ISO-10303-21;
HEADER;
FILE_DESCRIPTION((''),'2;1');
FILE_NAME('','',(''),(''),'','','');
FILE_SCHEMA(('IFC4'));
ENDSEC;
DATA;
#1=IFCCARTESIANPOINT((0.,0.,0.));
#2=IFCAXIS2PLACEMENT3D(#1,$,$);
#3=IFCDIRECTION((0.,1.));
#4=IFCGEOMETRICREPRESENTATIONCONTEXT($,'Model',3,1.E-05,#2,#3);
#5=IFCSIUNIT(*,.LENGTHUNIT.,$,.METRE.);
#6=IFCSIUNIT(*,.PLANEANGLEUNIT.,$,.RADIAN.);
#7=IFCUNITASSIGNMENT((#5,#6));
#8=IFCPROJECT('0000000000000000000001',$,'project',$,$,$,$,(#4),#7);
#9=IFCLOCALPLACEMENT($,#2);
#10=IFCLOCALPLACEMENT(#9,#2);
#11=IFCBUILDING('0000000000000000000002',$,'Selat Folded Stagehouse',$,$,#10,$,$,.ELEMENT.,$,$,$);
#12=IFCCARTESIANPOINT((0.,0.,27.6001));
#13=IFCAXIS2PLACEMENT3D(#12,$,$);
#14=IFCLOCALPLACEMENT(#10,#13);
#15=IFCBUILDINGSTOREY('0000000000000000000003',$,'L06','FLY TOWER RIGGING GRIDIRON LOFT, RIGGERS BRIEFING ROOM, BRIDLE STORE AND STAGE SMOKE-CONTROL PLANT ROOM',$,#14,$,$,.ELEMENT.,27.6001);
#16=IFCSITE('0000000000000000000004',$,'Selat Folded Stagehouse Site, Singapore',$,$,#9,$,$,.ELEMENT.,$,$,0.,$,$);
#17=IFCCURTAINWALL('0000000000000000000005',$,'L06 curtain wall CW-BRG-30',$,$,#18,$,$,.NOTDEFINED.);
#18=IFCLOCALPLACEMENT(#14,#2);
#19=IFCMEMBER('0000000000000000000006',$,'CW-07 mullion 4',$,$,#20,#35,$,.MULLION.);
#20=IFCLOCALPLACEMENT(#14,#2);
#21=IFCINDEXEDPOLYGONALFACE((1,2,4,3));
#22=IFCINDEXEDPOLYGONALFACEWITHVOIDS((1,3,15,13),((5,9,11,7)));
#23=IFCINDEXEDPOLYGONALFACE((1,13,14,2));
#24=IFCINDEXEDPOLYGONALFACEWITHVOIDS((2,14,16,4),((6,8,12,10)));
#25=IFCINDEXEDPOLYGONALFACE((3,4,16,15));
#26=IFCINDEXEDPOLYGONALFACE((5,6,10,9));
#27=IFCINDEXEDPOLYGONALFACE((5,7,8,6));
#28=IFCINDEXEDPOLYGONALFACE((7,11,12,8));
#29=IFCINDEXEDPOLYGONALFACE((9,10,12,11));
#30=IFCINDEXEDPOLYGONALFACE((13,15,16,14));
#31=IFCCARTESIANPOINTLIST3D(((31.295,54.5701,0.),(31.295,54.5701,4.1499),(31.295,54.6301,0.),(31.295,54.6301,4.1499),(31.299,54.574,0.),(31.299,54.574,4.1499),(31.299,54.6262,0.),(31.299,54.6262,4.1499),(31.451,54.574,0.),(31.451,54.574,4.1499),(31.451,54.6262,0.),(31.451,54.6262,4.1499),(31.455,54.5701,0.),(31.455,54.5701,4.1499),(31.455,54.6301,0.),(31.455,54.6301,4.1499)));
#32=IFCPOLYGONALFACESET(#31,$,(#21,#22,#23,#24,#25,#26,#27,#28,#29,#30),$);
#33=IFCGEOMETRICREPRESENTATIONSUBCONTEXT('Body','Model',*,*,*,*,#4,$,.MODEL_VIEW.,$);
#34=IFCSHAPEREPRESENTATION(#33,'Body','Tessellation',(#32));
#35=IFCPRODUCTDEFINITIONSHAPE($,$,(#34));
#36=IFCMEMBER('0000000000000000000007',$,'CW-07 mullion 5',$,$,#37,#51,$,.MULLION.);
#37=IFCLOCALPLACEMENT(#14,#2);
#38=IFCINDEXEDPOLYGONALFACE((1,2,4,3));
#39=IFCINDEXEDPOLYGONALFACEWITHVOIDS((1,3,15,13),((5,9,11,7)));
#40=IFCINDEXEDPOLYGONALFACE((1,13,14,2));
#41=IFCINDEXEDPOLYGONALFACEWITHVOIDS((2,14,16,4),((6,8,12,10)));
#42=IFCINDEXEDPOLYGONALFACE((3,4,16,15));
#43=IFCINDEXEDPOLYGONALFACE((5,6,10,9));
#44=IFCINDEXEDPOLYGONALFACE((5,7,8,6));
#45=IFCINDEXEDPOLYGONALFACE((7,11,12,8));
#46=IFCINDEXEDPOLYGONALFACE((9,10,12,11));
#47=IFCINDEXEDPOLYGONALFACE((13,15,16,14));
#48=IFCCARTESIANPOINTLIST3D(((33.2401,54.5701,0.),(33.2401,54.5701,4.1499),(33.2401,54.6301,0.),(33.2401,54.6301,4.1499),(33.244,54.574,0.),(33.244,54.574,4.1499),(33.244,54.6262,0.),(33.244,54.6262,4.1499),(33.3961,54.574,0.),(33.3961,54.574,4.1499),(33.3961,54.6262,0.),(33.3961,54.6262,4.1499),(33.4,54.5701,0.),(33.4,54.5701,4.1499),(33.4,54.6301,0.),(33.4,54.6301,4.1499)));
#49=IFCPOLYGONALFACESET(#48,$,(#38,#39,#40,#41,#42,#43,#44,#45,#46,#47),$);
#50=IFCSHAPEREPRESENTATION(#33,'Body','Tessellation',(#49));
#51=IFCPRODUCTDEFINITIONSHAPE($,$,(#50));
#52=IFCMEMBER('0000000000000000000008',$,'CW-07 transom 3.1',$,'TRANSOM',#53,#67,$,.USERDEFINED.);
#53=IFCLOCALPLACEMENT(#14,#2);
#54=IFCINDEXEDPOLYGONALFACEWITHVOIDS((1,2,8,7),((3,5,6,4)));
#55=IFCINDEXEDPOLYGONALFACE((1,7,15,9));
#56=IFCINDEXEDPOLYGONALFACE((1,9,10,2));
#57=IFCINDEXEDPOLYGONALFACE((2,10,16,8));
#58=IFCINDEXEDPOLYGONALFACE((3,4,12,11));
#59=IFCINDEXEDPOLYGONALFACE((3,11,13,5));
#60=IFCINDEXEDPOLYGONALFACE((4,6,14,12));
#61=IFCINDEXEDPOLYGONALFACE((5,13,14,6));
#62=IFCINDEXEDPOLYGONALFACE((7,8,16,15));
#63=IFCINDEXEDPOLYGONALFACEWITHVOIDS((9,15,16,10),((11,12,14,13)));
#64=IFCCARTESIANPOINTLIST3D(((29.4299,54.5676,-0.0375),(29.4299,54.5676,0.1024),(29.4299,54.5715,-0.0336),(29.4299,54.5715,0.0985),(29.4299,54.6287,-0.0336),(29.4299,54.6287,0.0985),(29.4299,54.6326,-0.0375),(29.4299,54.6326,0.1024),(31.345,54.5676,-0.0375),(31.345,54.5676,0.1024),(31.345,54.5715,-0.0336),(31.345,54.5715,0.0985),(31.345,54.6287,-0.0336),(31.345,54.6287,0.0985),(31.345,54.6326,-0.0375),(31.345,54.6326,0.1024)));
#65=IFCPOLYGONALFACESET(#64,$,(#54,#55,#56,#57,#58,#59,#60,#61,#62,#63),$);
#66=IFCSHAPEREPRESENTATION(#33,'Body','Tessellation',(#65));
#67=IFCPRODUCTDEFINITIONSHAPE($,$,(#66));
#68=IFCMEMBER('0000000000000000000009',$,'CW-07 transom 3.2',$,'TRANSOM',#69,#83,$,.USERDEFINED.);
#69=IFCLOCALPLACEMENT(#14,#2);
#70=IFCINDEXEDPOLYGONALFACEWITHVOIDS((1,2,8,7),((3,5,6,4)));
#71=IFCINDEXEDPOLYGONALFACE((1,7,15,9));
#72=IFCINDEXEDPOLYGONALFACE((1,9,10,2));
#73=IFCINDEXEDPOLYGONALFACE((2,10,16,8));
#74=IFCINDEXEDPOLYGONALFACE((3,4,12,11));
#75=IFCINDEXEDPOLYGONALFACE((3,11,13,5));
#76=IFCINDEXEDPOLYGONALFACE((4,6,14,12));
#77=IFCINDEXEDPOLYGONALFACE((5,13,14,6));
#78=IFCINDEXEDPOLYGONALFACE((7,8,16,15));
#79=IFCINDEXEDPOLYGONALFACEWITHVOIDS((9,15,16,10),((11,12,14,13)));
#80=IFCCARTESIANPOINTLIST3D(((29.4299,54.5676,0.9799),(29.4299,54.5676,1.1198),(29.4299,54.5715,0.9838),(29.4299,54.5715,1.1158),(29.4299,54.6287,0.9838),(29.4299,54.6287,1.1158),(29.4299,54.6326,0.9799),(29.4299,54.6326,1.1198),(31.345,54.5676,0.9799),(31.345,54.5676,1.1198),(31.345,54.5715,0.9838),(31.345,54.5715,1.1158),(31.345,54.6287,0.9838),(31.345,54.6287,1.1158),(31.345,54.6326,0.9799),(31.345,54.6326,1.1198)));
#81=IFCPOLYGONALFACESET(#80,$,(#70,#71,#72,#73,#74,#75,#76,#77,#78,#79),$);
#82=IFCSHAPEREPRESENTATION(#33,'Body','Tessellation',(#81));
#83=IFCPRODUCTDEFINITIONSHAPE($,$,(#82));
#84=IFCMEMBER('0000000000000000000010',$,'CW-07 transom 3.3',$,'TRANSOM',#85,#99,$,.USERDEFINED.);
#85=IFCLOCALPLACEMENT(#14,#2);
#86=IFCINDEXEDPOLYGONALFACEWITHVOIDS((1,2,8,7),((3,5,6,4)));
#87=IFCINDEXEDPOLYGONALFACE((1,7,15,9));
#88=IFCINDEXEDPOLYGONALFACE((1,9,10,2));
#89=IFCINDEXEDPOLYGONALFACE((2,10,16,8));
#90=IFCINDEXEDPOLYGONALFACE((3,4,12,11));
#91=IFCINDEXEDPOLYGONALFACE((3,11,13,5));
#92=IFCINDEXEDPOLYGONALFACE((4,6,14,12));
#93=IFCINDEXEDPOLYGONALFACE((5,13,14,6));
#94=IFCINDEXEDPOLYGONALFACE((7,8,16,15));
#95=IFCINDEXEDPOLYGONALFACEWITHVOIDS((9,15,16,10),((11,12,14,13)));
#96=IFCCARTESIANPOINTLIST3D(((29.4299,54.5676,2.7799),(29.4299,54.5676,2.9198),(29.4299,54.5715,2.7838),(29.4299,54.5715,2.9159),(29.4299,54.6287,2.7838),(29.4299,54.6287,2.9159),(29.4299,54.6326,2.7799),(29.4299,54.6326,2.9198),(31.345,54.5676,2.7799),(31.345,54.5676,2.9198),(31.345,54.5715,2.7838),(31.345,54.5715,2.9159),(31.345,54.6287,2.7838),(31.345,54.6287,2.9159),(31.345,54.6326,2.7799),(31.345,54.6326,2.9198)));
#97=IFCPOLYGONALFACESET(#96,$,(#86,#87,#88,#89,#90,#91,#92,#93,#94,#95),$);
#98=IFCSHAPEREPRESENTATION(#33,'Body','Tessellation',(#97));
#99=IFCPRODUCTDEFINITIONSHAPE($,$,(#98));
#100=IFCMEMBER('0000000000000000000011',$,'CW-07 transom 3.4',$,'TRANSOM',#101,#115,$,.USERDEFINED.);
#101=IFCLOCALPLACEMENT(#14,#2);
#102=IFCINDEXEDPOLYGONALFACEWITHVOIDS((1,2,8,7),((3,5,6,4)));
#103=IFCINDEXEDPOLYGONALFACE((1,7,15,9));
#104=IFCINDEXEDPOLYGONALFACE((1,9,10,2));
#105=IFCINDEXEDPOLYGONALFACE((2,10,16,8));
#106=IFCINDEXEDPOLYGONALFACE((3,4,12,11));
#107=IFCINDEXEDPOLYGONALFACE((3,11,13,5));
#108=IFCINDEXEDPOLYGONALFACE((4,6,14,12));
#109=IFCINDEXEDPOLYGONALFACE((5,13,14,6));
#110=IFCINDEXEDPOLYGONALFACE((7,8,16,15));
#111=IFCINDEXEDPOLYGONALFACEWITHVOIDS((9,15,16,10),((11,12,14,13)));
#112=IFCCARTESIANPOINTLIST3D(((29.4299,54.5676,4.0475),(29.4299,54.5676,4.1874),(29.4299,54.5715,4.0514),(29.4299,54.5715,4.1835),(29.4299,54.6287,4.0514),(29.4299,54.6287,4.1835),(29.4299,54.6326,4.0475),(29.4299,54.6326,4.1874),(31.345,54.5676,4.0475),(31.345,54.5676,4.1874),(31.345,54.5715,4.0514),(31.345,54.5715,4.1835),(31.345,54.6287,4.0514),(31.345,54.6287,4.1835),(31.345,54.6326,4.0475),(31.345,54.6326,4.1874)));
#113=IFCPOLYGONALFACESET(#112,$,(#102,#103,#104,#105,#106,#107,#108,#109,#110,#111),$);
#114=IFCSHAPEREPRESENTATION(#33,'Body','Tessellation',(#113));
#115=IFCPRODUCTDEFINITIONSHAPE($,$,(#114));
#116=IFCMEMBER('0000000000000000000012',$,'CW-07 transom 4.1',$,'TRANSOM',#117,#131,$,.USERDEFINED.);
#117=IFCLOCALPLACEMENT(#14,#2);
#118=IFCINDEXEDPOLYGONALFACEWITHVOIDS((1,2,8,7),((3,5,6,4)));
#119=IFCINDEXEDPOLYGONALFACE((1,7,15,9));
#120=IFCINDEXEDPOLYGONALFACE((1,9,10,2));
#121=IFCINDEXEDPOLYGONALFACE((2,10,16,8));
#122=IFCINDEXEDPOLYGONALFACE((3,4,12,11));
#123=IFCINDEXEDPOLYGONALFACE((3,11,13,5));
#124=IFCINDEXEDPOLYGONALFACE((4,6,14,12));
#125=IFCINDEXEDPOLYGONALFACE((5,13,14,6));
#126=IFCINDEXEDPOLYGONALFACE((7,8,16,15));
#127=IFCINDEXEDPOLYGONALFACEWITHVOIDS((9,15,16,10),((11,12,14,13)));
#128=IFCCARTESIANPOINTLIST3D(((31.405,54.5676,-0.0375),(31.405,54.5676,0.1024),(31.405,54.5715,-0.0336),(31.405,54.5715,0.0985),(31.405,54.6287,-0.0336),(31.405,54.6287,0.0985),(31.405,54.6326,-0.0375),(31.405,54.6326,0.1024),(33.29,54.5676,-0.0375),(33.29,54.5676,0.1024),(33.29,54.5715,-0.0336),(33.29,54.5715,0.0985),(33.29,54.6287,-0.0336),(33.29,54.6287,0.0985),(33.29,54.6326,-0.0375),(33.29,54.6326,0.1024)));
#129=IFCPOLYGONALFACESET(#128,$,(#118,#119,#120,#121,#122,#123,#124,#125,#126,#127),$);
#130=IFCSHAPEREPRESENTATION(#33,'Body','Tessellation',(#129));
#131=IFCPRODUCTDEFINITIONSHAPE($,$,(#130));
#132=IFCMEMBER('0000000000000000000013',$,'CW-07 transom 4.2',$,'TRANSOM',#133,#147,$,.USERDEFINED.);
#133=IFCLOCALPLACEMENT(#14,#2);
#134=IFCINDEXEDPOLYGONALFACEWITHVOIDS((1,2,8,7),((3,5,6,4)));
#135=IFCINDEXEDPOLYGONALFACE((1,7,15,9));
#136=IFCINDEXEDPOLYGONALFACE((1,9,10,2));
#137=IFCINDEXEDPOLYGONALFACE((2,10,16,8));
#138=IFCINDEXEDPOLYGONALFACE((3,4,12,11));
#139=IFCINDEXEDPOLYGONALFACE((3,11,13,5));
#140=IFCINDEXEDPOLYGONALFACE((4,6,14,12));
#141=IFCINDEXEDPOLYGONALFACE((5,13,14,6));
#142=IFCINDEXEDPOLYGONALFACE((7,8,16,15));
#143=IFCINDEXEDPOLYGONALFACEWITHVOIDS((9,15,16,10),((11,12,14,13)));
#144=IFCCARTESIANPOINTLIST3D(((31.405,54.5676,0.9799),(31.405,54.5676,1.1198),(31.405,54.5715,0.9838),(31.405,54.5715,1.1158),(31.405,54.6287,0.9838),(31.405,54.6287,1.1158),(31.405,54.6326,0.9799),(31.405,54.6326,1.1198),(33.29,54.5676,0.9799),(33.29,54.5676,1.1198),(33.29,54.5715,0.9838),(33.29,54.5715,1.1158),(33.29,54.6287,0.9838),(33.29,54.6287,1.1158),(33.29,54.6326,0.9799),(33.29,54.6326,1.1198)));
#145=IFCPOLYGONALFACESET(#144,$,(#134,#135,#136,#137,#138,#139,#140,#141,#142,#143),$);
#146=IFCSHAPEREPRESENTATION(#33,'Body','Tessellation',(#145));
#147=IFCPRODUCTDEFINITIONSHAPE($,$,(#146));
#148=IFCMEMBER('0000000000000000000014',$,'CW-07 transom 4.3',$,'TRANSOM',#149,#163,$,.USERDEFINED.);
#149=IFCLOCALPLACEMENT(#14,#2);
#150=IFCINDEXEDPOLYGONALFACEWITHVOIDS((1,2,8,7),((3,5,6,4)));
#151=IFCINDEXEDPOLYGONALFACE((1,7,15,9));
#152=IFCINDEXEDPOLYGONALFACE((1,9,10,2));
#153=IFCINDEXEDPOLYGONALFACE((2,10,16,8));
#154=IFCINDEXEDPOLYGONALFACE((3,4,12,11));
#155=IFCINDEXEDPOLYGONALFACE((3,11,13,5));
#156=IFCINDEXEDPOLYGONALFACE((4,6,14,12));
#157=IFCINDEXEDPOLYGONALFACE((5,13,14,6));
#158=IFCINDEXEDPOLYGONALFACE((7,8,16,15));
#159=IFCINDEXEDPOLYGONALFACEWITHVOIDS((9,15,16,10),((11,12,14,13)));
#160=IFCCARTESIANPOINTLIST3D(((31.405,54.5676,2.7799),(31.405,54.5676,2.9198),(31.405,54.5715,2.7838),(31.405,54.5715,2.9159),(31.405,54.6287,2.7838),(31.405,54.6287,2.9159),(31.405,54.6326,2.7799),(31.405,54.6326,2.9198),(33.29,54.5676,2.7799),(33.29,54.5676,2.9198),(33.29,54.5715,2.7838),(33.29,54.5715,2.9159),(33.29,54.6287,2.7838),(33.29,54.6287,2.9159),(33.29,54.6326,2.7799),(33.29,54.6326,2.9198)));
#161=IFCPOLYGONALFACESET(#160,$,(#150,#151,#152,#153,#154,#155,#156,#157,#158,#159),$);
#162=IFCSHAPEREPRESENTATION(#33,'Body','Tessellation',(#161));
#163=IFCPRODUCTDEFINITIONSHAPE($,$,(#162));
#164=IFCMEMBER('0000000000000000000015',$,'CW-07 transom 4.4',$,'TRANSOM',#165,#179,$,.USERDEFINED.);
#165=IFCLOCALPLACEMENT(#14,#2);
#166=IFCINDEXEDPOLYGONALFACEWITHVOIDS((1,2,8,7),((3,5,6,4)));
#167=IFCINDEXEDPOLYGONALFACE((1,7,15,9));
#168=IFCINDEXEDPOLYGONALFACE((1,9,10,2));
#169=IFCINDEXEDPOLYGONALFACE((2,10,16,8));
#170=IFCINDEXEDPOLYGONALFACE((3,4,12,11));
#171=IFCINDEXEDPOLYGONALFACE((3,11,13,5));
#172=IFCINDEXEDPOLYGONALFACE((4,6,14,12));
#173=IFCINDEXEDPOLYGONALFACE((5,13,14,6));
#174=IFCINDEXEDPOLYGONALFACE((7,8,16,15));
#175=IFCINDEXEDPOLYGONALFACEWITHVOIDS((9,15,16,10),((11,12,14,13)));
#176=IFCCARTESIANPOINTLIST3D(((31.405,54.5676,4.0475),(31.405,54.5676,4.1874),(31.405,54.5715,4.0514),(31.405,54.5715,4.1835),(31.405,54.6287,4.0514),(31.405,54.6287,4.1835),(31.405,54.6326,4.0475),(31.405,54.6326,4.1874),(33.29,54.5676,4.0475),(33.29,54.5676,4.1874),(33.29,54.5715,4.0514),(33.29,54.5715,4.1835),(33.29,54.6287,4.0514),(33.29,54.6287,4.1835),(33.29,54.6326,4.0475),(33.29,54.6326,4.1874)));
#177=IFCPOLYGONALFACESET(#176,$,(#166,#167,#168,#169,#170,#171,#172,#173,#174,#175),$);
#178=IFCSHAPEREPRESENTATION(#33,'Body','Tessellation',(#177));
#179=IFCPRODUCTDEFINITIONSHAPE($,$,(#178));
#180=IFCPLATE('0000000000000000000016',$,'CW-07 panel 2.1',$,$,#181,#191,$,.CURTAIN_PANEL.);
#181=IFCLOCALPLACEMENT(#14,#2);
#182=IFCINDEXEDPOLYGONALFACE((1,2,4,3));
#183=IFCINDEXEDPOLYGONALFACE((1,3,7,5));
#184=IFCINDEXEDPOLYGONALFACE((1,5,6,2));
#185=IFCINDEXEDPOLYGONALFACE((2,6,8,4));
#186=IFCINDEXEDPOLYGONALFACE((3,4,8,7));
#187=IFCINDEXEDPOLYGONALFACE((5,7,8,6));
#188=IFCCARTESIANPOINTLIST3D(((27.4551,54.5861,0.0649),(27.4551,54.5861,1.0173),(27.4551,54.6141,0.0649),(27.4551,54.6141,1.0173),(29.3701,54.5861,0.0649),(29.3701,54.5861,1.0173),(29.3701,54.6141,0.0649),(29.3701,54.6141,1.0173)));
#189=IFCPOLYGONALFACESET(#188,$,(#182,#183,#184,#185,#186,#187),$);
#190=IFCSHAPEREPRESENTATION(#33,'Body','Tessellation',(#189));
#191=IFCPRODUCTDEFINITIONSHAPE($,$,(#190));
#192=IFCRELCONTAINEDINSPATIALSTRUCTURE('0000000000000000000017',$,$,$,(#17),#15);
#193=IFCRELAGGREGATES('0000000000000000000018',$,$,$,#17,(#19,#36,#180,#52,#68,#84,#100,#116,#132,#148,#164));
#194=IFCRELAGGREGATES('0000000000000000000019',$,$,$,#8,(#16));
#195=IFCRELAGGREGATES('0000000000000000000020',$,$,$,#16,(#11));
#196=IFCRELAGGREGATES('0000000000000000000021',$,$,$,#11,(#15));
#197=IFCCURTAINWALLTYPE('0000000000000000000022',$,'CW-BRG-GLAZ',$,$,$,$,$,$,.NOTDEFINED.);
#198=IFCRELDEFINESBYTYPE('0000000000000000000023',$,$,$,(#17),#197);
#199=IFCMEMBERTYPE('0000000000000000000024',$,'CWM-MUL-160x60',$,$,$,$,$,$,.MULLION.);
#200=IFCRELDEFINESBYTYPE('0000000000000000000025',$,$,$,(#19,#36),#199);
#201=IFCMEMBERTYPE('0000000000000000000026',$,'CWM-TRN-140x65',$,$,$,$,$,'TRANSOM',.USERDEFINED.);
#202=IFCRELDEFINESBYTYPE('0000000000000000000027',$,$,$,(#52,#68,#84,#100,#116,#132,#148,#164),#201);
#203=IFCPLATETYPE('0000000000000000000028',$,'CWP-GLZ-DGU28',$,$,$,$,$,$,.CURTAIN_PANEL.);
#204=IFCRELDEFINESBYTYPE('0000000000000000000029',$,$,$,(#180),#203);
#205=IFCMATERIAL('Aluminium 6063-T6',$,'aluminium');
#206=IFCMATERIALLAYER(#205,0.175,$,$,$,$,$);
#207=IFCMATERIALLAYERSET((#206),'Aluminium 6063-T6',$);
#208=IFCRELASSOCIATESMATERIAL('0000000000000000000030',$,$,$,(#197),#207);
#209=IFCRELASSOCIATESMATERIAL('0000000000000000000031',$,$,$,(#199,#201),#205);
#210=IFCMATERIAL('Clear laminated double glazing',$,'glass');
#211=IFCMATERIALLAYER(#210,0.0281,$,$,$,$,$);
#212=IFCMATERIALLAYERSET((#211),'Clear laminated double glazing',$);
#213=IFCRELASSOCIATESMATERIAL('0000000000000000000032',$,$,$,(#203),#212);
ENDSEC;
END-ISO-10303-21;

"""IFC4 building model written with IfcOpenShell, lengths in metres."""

from ifc_helpers import new_model, si_unit, direction, frame, origin, origin_2d, place, context, subcontext, project, spatial, rectangle, hollow_rectangle, extrude, material, layer, layer_set, material_profile, profile_set, type_object, element, aggregate, save


model = new_model("IFC4")

# Units and contexts
model_context = context("Model", 3, precision=1e-05, world=origin(), true_north=direction((0.0, 1.0)))
body_context = subcontext(model_context, "Body", "Model", "MODEL_VIEW")
ifc_project = project(units=[si_unit("LENGTHUNIT", "METRE"), si_unit("PLANEANGLEUNIT", "RADIAN")], contexts=[model_context])

# Site, building, storey
site_placement = place(None, origin())
site = spatial("IfcSite", under=ifc_project, at=site_placement, Name="Selat Folded Stagehouse Site, Singapore", CompositionType="ELEMENT", RefElevation=0.0)
building_placement = place(site_placement, origin())
building = spatial("IfcBuilding", under=site, at=building_placement, Name="Selat Folded Stagehouse", CompositionType="ELEMENT")
storey_placement = place(building_placement, frame((0.0, 0.0, 27.6001)))
storey = spatial("IfcBuildingStorey", under=building, at=storey_placement, Name="L06", Description="FLY TOWER RIGGING GRIDIRON LOFT, RIGGERS BRIEFING ROOM, BRIDLE STORE AND STAGE SMOKE-CONTROL PLANT ROOM", CompositionType="ELEMENT", Elevation=27.6001)

# Curtain wall, members, plate
ifc_material_1 = material(Name="Aluminium 6063-T6", Category="aluminium")
ifc_layer_1 = layer(ifc_material_1, 0.175)
ifc_layer_set_1 = layer_set([ifc_layer_1], Name="Aluminium 6063-T6")
curtain_wall_type = type_object("IfcCurtainWallType", Name="CW-BRG-GLAZ", PredefinedType="NOTDEFINED", material=ifc_layer_set_1)
curtain_wall_placement = place(storey_placement, origin())
curtain_wall = element("IfcCurtainWall", 1, at=curtain_wall_placement, inside=storey, type_object=curtain_wall_type, Name="L06 curtain wall CW-BRG-30", PredefinedType="NOTDEFINED")
ifc_material_profile_1 = material_profile(ifc_material_1, hollow_rectangle(XDim=0.0601, YDim=0.1599, WallThickness=0.0039, at=origin_2d()), Name="ALU 160x60x4.0")
ifc_profile_set_1 = profile_set([ifc_material_profile_1], Name="Aluminium 6063-T6")
member_type_1 = type_object("IfcMemberType", Name="CWM-MUL-160x60", PredefinedType="MULLION", material=ifc_profile_set_1)
member_1_placement = place(storey_placement, frame((31.375, 54.6001, 0.0), z_axis=(0.0, 0.0, 1.0), x_axis=(0.0, 1.0, 0.0)))
member_1 = element("IfcMember", 2, at=member_1_placement, type_object=member_type_1, Name="CW-07 mullion 4", PredefinedType="MULLION", context=body_context, shape_type="SweptSolid", body=[
    extrude(hollow_rectangle(XDim=0.0601, YDim=0.1599, WallThickness=0.0039, at=origin_2d()), origin(), (0.0, 0.0, 1.0), 4.1499),
])
member_2_placement = place(storey_placement, frame((33.3201, 54.6001, 0.0), z_axis=(0.0, 0.0, 1.0), x_axis=(0.0, 1.0, 0.0)))
member_2 = element("IfcMember", 3, at=member_2_placement, type_object=member_type_1, Name="CW-07 mullion 5", PredefinedType="MULLION", context=body_context, shape_type="SweptSolid", body=[
    extrude(hollow_rectangle(XDim=0.0601, YDim=0.1599, WallThickness=0.0039, at=origin_2d()), origin(), (0.0, 0.0, 1.0), 4.1499),
])
ifc_material_profile_2 = material_profile(ifc_material_1, hollow_rectangle(XDim=0.0649, YDim=0.1399, WallThickness=0.0039, at=origin_2d()), Name="ALU 140x65x4.0")
ifc_profile_set_2 = profile_set([ifc_material_profile_2], Name="Aluminium 6063-T6")
member_type_2 = type_object("IfcMemberType", Name="CWM-TRN-140x65", ElementType="TRANSOM", PredefinedType="USERDEFINED", material=ifc_profile_set_2)
member_3_placement = place(storey_placement, frame((29.4299, 54.6001, 0.0325), z_axis=(1.0, 0.0, 0.0), x_axis=(0.0, 1.0, 0.0)))
member_3 = element("IfcMember", 4, at=member_3_placement, type_object=member_type_2, Name="CW-07 transom 3.1", ObjectType="TRANSOM", PredefinedType="USERDEFINED", context=body_context, shape_type="SweptSolid", body=[
    extrude(hollow_rectangle(XDim=0.0649, YDim=0.1399, WallThickness=0.0039, at=origin_2d()), origin(), (0.0, 0.0, 1.0), 1.915),
])
member_4_placement = place(storey_placement, frame((29.4299, 54.6001, 1.0498), z_axis=(1.0, 0.0, 0.0), x_axis=(0.0, 1.0, 0.0)))
member_4 = element("IfcMember", 5, at=member_4_placement, type_object=member_type_2, Name="CW-07 transom 3.2", ObjectType="TRANSOM", PredefinedType="USERDEFINED", context=body_context, shape_type="SweptSolid", body=[
    extrude(hollow_rectangle(XDim=0.0649, YDim=0.1399, WallThickness=0.0039, at=origin_2d()), origin(), (0.0, 0.0, 1.0), 1.915),
])
member_5_placement = place(storey_placement, frame((29.4299, 54.6001, 2.8499), z_axis=(1.0, 0.0, 0.0), x_axis=(0.0, 1.0, 0.0)))
member_5 = element("IfcMember", 6, at=member_5_placement, type_object=member_type_2, Name="CW-07 transom 3.3", ObjectType="TRANSOM", PredefinedType="USERDEFINED", context=body_context, shape_type="SweptSolid", body=[
    extrude(hollow_rectangle(XDim=0.0649, YDim=0.1399, WallThickness=0.0039, at=origin_2d()), origin(), (0.0, 0.0, 1.0), 1.915),
])
member_6_placement = place(storey_placement, frame((29.4299, 54.6001, 4.1174), z_axis=(1.0, 0.0, 0.0), x_axis=(0.0, 1.0, 0.0)))
member_6 = element("IfcMember", 7, at=member_6_placement, type_object=member_type_2, Name="CW-07 transom 3.4", ObjectType="TRANSOM", PredefinedType="USERDEFINED", context=body_context, shape_type="SweptSolid", body=[
    extrude(hollow_rectangle(XDim=0.0649, YDim=0.1399, WallThickness=0.0039, at=origin_2d()), origin(), (0.0, 0.0, 1.0), 1.915),
])
member_7_placement = place(storey_placement, frame((31.405, 54.6001, 0.0325), z_axis=(1.0, 0.0, 0.0), x_axis=(0.0, 1.0, 0.0)))
member_7 = element("IfcMember", 8, at=member_7_placement, type_object=member_type_2, Name="CW-07 transom 4.1", ObjectType="TRANSOM", PredefinedType="USERDEFINED", context=body_context, shape_type="SweptSolid", body=[
    extrude(hollow_rectangle(XDim=0.0649, YDim=0.1399, WallThickness=0.0039, at=origin_2d()), origin(), (0.0, 0.0, 1.0), 1.885),
])
member_8_placement = place(storey_placement, frame((31.405, 54.6001, 1.0498), z_axis=(1.0, 0.0, 0.0), x_axis=(0.0, 1.0, 0.0)))
member_8 = element("IfcMember", 9, at=member_8_placement, type_object=member_type_2, Name="CW-07 transom 4.2", ObjectType="TRANSOM", PredefinedType="USERDEFINED", context=body_context, shape_type="SweptSolid", body=[
    extrude(hollow_rectangle(XDim=0.0649, YDim=0.1399, WallThickness=0.0039, at=origin_2d()), origin(), (0.0, 0.0, 1.0), 1.885),
])
member_9_placement = place(storey_placement, frame((31.405, 54.6001, 2.8499), z_axis=(1.0, 0.0, 0.0), x_axis=(0.0, 1.0, 0.0)))
member_9 = element("IfcMember", 10, at=member_9_placement, type_object=member_type_2, Name="CW-07 transom 4.3", ObjectType="TRANSOM", PredefinedType="USERDEFINED", context=body_context, shape_type="SweptSolid", body=[
    extrude(hollow_rectangle(XDim=0.0649, YDim=0.1399, WallThickness=0.0039, at=origin_2d()), origin(), (0.0, 0.0, 1.0), 1.885),
])
member_10_placement = place(storey_placement, frame((31.405, 54.6001, 4.1174), z_axis=(1.0, 0.0, 0.0), x_axis=(0.0, 1.0, 0.0)))
member_10 = element("IfcMember", 11, at=member_10_placement, type_object=member_type_2, Name="CW-07 transom 4.4", ObjectType="TRANSOM", PredefinedType="USERDEFINED", context=body_context, shape_type="SweptSolid", body=[
    extrude(hollow_rectangle(XDim=0.0649, YDim=0.1399, WallThickness=0.0039, at=origin_2d()), origin(), (0.0, 0.0, 1.0), 1.885),
])
ifc_material_2 = material(Name="Clear laminated double glazing", Category="glass")
ifc_layer_2 = layer(ifc_material_2, 0.0281)
ifc_layer_set_2 = layer_set([ifc_layer_2], Name="Clear laminated double glazing")
plate_type = type_object("IfcPlateType", Name="CWP-GLZ-DGU28", PredefinedType="CURTAIN_PANEL", material=ifc_layer_set_2)
plate_1_placement = place(storey_placement, frame((28.4126, 54.6001, 0.0649), z_axis=(0.0, 0.0, 1.0), x_axis=(1.0, 0.0, 0.0)))
plate_1 = element("IfcPlate", 12, at=plate_1_placement, type_object=plate_type, Name="CW-07 panel 2.1", PredefinedType="CURTAIN_PANEL", context=body_context, shape_type="SweptSolid", body=[
    extrude(rectangle(XDim=1.915, YDim=0.0281, at=origin_2d()), origin(), (0.0, 0.0, 1.0), 0.9524),
])
aggregate(curtain_wall, [member_1, member_2, plate_1, member_3, member_4, member_5, member_6, member_7, member_8, member_9, member_10])

save(model, "model.ifc")
